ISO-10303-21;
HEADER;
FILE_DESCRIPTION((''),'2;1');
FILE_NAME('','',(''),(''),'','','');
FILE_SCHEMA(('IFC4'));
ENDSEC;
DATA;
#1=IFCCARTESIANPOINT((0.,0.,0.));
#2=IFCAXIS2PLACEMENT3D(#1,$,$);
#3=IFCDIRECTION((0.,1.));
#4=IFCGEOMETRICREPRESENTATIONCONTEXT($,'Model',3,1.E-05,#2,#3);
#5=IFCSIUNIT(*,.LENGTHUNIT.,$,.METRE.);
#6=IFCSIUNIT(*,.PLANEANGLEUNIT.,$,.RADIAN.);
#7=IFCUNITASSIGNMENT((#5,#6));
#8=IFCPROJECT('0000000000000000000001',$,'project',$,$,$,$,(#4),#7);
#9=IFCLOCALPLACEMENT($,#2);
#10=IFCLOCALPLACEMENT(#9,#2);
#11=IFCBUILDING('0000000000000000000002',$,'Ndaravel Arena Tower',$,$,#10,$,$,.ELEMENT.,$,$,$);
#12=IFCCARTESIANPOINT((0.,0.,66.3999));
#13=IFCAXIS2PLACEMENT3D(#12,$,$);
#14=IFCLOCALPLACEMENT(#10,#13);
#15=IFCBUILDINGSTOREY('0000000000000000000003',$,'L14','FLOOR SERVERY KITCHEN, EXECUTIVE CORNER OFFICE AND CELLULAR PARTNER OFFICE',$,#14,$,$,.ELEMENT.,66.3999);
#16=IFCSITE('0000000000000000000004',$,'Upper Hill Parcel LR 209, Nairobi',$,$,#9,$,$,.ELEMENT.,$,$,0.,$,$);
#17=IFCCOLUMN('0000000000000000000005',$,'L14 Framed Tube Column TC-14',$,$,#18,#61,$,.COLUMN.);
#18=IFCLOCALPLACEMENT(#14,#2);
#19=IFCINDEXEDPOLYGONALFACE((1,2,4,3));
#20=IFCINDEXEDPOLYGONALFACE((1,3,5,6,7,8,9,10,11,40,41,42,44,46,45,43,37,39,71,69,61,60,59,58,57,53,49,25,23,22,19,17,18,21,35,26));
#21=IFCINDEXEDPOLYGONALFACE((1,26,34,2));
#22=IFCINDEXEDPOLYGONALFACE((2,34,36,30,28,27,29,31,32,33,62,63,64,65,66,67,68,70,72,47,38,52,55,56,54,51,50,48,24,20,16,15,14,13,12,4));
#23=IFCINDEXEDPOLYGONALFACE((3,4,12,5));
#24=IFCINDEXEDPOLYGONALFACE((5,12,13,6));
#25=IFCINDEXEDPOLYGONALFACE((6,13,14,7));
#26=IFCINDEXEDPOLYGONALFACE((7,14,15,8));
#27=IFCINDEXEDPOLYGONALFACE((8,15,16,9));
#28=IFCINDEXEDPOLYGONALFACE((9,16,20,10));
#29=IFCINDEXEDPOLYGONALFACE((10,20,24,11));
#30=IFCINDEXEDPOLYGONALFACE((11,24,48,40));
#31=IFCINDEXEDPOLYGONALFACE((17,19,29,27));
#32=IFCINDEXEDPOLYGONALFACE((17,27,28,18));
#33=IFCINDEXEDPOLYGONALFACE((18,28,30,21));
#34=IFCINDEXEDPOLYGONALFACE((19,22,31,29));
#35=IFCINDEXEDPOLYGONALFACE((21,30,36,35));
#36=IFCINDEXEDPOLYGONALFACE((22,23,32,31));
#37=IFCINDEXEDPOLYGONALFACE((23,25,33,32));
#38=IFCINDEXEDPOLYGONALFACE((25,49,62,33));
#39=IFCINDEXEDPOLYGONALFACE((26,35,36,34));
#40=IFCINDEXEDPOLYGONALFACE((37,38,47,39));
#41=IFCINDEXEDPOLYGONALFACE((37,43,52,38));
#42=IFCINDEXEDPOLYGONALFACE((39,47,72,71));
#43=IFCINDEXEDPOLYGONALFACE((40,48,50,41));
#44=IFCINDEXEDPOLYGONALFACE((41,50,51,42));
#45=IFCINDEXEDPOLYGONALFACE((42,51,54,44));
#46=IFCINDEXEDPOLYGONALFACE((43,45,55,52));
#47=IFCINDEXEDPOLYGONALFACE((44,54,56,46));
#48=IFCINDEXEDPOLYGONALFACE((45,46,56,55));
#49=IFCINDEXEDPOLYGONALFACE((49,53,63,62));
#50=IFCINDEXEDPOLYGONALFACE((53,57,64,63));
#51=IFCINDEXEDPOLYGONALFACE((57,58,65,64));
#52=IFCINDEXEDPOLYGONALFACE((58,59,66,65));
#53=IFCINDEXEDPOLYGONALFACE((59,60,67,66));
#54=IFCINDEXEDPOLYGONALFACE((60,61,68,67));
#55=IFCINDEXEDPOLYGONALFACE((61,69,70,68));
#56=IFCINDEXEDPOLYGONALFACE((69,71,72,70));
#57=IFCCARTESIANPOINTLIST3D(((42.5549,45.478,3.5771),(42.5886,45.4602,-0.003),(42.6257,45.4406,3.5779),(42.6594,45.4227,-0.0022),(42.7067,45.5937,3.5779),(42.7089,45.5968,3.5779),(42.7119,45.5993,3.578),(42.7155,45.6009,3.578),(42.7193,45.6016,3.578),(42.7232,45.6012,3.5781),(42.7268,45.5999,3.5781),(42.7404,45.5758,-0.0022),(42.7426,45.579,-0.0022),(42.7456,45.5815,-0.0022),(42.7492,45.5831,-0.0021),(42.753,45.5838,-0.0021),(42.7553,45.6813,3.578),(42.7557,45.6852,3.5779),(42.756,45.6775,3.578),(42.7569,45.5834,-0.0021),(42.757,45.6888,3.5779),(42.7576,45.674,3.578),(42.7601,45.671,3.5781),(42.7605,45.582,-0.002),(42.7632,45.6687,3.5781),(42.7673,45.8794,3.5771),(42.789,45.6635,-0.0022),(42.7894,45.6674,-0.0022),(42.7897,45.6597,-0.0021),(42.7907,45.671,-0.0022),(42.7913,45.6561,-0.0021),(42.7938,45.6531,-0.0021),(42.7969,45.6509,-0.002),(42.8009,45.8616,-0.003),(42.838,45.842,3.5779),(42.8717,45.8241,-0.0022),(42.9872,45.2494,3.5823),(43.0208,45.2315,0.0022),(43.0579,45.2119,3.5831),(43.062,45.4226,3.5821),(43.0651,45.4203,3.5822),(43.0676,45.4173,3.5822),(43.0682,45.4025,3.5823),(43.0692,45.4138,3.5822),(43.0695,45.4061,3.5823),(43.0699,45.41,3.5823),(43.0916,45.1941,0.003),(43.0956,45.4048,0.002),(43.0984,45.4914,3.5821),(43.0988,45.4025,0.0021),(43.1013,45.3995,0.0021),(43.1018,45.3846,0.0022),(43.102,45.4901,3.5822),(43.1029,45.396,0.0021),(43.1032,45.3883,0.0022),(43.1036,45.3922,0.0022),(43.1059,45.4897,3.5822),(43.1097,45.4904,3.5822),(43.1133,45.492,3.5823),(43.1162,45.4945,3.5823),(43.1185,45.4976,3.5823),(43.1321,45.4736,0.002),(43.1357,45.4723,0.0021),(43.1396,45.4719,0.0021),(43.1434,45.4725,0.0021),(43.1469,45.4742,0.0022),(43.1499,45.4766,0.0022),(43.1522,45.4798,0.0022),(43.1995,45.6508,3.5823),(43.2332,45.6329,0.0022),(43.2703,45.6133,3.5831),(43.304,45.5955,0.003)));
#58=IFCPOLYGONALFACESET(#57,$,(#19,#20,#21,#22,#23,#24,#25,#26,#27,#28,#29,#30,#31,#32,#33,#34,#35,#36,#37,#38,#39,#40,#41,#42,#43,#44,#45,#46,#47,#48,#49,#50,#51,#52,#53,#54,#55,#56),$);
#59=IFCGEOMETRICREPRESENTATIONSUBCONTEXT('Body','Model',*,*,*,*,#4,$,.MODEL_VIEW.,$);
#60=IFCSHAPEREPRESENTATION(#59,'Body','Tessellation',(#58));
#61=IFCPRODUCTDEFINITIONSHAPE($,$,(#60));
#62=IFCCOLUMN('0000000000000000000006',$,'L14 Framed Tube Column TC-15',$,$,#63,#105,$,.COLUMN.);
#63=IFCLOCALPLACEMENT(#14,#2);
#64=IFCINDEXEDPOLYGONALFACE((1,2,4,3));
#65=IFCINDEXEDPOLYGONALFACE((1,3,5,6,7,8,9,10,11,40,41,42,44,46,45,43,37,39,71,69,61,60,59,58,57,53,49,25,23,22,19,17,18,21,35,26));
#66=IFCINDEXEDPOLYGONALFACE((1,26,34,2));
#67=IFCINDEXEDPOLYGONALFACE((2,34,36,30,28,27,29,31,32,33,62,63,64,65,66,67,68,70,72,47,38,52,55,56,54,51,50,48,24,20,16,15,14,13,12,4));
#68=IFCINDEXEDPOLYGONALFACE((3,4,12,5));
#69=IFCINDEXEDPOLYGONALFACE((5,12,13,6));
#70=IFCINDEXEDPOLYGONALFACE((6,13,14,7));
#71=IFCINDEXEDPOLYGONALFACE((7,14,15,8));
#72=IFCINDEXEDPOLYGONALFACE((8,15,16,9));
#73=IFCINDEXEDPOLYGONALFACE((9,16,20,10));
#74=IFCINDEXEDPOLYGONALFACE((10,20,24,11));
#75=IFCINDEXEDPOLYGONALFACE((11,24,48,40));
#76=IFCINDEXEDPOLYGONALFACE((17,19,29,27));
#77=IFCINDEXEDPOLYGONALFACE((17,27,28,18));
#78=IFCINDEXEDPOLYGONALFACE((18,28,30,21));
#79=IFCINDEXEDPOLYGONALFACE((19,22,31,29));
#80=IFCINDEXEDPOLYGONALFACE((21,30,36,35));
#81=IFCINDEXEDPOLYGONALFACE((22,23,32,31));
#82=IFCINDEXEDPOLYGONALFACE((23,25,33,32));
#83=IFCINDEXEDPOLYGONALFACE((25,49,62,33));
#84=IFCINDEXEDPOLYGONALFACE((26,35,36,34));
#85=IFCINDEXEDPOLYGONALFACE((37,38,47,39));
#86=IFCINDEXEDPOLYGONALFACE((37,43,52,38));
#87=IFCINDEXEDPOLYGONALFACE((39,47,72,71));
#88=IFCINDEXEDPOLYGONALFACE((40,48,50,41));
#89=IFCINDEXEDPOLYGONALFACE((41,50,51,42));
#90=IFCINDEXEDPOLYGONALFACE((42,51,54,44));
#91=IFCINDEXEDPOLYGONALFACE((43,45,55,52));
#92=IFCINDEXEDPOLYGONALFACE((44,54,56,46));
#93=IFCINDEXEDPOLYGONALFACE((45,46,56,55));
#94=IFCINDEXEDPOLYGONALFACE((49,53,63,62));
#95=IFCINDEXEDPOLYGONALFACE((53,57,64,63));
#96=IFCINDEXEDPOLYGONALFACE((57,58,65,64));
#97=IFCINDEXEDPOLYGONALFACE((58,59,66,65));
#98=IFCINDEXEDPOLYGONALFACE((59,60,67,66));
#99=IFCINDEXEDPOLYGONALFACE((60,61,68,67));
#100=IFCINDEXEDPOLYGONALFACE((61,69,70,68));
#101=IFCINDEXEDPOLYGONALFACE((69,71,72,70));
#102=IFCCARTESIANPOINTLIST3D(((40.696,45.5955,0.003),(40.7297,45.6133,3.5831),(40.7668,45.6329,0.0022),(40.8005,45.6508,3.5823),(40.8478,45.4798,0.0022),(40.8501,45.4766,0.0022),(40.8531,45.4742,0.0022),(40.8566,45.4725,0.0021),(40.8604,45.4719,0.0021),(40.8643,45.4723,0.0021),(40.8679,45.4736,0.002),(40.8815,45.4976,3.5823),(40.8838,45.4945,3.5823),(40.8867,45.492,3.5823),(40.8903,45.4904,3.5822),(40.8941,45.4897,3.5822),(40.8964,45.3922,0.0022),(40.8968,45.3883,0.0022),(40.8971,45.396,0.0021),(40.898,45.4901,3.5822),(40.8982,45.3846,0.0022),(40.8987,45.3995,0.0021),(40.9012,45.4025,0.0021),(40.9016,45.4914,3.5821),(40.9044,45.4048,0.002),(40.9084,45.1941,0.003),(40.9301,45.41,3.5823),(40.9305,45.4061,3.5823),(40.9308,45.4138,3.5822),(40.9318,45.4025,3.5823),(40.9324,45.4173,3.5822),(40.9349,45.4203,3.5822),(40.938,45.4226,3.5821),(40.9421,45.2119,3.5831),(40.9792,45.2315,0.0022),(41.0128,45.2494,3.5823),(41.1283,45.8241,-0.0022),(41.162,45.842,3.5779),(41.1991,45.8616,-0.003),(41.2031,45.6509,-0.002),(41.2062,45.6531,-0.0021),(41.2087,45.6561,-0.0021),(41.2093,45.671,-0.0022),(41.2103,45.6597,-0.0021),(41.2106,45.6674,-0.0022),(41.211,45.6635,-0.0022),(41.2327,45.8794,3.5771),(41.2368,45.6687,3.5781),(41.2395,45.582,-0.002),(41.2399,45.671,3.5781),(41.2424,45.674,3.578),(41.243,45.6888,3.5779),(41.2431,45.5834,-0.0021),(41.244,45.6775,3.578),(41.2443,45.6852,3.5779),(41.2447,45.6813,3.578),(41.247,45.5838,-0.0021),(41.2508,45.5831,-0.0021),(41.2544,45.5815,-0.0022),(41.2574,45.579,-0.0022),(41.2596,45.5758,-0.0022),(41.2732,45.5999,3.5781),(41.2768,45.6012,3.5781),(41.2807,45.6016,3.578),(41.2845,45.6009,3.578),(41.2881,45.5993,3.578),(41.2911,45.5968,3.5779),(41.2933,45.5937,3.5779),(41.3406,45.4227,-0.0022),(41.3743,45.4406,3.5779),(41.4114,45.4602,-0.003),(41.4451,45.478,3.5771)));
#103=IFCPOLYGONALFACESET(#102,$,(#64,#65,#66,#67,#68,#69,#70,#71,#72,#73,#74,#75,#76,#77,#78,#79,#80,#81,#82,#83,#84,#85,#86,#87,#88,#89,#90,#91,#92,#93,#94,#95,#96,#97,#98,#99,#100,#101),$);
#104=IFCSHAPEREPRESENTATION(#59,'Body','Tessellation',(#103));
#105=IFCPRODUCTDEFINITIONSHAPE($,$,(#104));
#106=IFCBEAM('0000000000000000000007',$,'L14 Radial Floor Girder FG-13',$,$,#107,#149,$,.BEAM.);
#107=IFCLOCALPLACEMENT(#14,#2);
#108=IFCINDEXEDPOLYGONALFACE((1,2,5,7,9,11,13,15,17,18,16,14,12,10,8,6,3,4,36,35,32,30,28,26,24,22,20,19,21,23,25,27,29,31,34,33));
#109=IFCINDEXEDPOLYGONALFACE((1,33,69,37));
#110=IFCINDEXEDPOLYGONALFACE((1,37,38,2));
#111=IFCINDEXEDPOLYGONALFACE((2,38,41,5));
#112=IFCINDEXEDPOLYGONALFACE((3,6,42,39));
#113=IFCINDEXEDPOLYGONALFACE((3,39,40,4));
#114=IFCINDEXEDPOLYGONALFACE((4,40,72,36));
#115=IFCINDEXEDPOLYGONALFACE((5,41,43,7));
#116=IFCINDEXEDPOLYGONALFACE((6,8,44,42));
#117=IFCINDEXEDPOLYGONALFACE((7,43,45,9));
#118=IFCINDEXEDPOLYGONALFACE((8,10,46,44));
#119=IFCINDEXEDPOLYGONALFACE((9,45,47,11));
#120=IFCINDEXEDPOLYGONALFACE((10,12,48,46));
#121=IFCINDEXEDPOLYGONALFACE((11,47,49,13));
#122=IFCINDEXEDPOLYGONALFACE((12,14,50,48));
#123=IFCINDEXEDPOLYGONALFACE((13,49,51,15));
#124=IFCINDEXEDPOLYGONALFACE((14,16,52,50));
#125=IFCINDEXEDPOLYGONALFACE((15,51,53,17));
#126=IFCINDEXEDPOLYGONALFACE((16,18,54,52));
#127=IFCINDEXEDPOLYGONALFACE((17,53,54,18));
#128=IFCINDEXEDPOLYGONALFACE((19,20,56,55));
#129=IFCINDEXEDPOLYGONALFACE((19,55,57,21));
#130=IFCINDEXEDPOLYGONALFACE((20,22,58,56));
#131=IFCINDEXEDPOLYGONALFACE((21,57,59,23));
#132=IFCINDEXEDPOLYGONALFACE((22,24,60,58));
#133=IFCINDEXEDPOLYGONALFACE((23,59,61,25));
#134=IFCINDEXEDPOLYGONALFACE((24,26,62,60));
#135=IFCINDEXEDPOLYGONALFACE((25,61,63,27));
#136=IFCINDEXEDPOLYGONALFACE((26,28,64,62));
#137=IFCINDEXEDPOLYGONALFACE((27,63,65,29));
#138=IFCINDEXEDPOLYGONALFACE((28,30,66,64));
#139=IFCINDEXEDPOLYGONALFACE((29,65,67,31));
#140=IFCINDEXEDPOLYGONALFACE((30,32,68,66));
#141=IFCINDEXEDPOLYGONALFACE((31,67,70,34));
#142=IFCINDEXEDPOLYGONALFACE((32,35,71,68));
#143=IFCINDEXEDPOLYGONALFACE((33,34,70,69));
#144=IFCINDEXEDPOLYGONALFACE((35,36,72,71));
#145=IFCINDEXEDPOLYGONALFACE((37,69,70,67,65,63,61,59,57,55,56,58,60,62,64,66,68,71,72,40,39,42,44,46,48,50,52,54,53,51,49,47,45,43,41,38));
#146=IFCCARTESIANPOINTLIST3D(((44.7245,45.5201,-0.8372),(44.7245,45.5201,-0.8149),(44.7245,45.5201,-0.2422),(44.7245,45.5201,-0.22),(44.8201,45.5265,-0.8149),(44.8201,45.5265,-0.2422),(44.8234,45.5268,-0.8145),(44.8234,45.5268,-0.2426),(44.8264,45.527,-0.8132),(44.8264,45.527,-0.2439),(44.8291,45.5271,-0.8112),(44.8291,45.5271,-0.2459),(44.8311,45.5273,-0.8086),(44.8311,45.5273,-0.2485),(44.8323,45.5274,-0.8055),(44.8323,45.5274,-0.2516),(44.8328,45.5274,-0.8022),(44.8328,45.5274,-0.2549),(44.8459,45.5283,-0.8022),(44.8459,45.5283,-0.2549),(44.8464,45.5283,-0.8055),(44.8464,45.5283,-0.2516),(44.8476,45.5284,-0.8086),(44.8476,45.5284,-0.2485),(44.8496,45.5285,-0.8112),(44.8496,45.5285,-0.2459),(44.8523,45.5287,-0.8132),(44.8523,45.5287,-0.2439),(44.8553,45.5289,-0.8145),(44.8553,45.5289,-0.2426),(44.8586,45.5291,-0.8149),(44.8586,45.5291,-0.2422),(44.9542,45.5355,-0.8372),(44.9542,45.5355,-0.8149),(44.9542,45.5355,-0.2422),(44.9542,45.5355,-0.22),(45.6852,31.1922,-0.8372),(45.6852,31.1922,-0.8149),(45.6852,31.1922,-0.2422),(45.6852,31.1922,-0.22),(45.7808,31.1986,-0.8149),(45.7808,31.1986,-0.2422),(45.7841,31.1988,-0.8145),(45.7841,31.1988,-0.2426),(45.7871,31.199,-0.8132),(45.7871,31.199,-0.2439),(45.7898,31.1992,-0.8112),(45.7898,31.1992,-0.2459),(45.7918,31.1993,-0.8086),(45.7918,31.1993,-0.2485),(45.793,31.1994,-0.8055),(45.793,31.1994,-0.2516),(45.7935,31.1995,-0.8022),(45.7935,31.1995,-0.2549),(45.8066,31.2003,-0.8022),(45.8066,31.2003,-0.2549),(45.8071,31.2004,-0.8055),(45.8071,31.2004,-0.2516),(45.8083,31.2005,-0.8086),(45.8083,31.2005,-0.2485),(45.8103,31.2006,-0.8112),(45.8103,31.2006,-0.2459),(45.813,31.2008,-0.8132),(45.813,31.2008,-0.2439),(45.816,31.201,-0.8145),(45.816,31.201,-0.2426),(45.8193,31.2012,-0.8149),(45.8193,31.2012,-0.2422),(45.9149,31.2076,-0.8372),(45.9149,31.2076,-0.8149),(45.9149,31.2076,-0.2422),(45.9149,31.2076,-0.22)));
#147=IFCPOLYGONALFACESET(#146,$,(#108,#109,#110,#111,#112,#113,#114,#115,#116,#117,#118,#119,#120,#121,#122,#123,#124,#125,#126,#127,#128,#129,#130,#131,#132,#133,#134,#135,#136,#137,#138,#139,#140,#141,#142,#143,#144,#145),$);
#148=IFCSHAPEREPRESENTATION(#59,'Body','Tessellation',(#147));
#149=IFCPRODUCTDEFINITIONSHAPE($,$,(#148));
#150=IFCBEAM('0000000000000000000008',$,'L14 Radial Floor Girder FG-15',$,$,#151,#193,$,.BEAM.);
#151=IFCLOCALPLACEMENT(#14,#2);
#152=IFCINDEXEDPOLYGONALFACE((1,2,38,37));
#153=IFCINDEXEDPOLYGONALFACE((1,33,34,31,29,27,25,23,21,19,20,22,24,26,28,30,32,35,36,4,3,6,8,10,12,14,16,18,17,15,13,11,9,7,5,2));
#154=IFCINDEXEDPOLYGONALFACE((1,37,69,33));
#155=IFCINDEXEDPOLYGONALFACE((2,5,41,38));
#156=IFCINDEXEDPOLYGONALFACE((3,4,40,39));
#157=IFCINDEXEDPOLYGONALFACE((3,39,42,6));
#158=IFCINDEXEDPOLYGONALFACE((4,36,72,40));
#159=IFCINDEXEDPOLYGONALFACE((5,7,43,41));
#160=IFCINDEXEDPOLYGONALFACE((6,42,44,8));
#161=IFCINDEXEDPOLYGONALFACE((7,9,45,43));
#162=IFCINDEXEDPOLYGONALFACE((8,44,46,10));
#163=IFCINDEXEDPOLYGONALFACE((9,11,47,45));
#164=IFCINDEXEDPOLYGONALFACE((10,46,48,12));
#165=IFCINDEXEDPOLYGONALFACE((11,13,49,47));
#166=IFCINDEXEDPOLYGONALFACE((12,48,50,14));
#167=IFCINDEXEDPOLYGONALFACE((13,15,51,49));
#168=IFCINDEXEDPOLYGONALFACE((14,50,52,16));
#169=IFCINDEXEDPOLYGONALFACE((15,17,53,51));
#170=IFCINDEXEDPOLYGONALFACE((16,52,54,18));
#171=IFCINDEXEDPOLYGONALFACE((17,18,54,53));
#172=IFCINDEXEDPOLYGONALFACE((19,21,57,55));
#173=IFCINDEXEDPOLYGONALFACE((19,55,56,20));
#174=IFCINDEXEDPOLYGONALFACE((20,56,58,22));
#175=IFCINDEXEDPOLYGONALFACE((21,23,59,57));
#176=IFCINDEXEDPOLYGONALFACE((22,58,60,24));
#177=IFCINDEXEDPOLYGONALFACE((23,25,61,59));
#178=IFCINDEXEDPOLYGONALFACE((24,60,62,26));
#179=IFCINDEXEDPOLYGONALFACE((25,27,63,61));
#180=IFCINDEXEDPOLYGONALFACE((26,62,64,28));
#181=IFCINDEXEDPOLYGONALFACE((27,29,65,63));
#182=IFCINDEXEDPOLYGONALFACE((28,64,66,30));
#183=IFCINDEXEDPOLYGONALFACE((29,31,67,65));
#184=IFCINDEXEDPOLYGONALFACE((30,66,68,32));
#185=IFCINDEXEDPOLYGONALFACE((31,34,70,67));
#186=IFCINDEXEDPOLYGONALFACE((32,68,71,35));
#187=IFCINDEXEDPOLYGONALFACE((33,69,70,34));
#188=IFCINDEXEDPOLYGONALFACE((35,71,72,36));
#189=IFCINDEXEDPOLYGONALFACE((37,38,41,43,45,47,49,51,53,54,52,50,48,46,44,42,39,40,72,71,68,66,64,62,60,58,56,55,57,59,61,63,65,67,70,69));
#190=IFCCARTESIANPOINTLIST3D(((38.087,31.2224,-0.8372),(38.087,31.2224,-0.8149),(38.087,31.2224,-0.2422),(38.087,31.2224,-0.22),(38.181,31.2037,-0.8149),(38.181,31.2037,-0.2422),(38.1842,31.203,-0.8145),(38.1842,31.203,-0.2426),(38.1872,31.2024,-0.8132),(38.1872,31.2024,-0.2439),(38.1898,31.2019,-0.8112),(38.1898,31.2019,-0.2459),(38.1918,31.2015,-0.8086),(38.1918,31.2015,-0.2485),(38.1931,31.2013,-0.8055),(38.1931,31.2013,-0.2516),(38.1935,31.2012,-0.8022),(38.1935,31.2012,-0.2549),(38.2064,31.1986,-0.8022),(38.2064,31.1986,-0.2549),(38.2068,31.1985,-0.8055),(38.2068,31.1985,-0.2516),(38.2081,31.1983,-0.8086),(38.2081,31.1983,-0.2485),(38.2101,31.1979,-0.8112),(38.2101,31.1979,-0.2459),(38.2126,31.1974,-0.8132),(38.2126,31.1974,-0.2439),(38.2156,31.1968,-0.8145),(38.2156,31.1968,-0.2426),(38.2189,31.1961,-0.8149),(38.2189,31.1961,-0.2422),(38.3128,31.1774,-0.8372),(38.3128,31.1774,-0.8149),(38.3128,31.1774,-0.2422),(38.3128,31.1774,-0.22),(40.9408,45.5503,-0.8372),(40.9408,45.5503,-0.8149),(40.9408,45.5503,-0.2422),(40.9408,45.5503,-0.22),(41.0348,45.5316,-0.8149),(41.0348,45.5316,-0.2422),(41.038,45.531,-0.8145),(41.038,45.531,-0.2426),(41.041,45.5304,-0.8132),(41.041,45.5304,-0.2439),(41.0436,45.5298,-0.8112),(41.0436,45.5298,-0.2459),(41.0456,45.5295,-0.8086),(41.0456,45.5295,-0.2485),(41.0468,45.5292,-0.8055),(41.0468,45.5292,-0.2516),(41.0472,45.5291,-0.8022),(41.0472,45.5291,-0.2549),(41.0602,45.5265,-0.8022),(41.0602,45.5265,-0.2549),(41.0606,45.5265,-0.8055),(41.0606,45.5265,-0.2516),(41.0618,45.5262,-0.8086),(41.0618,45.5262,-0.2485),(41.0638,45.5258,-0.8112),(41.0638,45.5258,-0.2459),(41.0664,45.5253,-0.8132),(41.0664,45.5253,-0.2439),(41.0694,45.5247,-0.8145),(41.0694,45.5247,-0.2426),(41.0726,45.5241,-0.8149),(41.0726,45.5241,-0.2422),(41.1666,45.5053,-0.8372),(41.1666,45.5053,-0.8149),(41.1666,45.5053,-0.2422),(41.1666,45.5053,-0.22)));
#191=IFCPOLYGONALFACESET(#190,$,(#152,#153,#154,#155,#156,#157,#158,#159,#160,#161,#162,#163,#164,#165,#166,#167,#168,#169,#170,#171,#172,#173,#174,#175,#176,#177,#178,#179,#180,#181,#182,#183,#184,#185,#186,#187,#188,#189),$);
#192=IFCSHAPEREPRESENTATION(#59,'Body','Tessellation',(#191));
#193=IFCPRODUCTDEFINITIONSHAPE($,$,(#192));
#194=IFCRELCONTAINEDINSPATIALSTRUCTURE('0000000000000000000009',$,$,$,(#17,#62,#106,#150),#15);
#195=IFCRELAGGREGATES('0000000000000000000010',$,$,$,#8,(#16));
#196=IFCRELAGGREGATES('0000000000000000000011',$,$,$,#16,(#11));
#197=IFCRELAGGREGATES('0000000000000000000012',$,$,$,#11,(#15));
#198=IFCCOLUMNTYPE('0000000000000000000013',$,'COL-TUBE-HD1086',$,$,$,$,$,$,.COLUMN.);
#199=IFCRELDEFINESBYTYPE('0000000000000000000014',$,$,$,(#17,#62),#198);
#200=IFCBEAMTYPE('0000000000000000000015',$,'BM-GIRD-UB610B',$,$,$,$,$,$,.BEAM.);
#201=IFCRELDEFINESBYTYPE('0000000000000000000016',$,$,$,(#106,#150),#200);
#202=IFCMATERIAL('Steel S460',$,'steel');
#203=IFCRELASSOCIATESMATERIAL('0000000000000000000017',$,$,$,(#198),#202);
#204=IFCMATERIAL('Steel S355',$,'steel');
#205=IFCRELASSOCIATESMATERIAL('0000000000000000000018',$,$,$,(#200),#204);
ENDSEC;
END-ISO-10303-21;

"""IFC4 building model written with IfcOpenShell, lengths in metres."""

from ifc_helpers import new_model, si_unit, direction, frame, origin, origin_2d, place, context, subcontext, project, spatial, i_section, extrude, material, material_profile, profile_set, type_object, element, save


model = new_model("IFC4")

# Units and contexts
model_context = context("Model", 3, precision=1e-05, world=origin(), true_north=direction((0.0, 1.0)))
body_context = subcontext(model_context, "Body", "Model", "MODEL_VIEW")
ifc_project = project(units=[si_unit("LENGTHUNIT", "METRE"), si_unit("PLANEANGLEUNIT", "RADIAN")], contexts=[model_context])

# Site, building, storey
site_placement = place(None, origin())
site = spatial("IfcSite", under=ifc_project, at=site_placement, Name="Upper Hill Parcel LR 209, Nairobi", CompositionType="ELEMENT", RefElevation=0.0)
building_placement = place(site_placement, origin())
building = spatial("IfcBuilding", under=site, at=building_placement, Name="Ndaravel Arena Tower", CompositionType="ELEMENT")
storey_placement = place(building_placement, frame((0.0, 0.0, 66.3999)))
storey = spatial("IfcBuildingStorey", under=building, at=storey_placement, Name="L14", Description="FLOOR SERVERY KITCHEN, EXECUTIVE CORNER OFFICE AND CELLULAR PARTNER OFFICE", CompositionType="ELEMENT", Elevation=66.3999)

# Columns
ifc_material_1 = material(Name="Steel S460", Category="steel")
ifc_material_profile_1 = material_profile(ifc_material_1, i_section(OverallWidth=0.4541, OverallDepth=0.5691, WebThickness=0.0779, FlangeThickness=0.0801, FilletRadius=0.0149, at=origin_2d()), Name="HD 400x1086")
ifc_profile_set_1 = profile_set([ifc_material_profile_1], Name="Steel S460")
column_type_1 = type_object("IfcColumnType", Name="COL-TUBE-HD1086", PredefinedType="COLUMN", material=ifc_profile_set_1)
for number, where, z_axis, x_axis, name in (
    (1, (42.9463, 45.5278, 0.0), (-0.00941, 0.004978, 0.999943), (-0.467593, -0.883944, 0.0), "L14 Framed Tube Column TC-14"),
    (2, (41.0537, 45.5278, 0.0), (0.00941, 0.004978, 0.999943), (-0.467593, 0.883944, 0.0), "L14 Framed Tube Column TC-15"),
):
    element("IfcColumn", number, at=place(storey_placement, frame(where, z_axis=z_axis, x_axis=x_axis)), inside=storey, type_object=column_type_1, Name=name, PredefinedType="COLUMN", context=body_context, shape_type="SweptSolid", body=[
        extrude(i_section(OverallWidth=0.4541, OverallDepth=0.5691, WebThickness=0.0779, FlangeThickness=0.0801, FilletRadius=0.0149, at=origin_2d()), origin(), (0.0, 0.0, 1.0), 3.5803),
    ])

# Beams
ifc_material_2 = material(Name="Steel S355", Category="steel")
ifc_material_profile_2 = material_profile(ifc_material_2, i_section(OverallWidth=0.2302, OverallDepth=0.6172, WebThickness=0.0132, FlangeThickness=0.0222, FilletRadius=0.0127, at=origin_2d()), Name="UB 610x229x140")
ifc_profile_set_2 = profile_set([ifc_material_profile_2], Name="Steel S355")
beam_type_1 = type_object("IfcBeamType", Name="BM-GIRD-UB610B", PredefinedType="BEAM", material=ifc_profile_set_2)
beam_1_placement = place(storey_placement, frame((44.8394, 45.5278, -0.5286), z_axis=(0.0669, -0.99776, 0.0), x_axis=(0.99776, 0.0669, 0.0)))
element("IfcBeam", 3, at=beam_1_placement, inside=storey, type_object=beam_type_1, Name="L14 Radial Floor Girder FG-13", PredefinedType="BEAM", context=body_context, shape_type="SweptSolid", body=[
    extrude(i_section(OverallWidth=0.2302, OverallDepth=0.6172, WebThickness=0.0132, FlangeThickness=0.0222, FilletRadius=0.0127, at=origin_2d()), origin(), (0.0, 0.0, 1.0), 14.3601),
])
beam_2_placement = place(storey_placement, frame((41.0537, 45.5278, -0.5286), z_axis=(-0.195338, -0.980736, 0.0), x_axis=(0.980736, -0.195338, 0.0)))
element("IfcBeam", 4, at=beam_2_placement, inside=storey, type_object=beam_type_1, Name="L14 Radial Floor Girder FG-15", PredefinedType="BEAM", context=body_context, shape_type="SweptSolid", body=[
    extrude(i_section(OverallWidth=0.2302, OverallDepth=0.6172, WebThickness=0.0132, FlangeThickness=0.0222, FilletRadius=0.0127, at=origin_2d()), origin(), (0.0, 0.0, 1.0), 14.6094),
])

save(model, "model.ifc")
